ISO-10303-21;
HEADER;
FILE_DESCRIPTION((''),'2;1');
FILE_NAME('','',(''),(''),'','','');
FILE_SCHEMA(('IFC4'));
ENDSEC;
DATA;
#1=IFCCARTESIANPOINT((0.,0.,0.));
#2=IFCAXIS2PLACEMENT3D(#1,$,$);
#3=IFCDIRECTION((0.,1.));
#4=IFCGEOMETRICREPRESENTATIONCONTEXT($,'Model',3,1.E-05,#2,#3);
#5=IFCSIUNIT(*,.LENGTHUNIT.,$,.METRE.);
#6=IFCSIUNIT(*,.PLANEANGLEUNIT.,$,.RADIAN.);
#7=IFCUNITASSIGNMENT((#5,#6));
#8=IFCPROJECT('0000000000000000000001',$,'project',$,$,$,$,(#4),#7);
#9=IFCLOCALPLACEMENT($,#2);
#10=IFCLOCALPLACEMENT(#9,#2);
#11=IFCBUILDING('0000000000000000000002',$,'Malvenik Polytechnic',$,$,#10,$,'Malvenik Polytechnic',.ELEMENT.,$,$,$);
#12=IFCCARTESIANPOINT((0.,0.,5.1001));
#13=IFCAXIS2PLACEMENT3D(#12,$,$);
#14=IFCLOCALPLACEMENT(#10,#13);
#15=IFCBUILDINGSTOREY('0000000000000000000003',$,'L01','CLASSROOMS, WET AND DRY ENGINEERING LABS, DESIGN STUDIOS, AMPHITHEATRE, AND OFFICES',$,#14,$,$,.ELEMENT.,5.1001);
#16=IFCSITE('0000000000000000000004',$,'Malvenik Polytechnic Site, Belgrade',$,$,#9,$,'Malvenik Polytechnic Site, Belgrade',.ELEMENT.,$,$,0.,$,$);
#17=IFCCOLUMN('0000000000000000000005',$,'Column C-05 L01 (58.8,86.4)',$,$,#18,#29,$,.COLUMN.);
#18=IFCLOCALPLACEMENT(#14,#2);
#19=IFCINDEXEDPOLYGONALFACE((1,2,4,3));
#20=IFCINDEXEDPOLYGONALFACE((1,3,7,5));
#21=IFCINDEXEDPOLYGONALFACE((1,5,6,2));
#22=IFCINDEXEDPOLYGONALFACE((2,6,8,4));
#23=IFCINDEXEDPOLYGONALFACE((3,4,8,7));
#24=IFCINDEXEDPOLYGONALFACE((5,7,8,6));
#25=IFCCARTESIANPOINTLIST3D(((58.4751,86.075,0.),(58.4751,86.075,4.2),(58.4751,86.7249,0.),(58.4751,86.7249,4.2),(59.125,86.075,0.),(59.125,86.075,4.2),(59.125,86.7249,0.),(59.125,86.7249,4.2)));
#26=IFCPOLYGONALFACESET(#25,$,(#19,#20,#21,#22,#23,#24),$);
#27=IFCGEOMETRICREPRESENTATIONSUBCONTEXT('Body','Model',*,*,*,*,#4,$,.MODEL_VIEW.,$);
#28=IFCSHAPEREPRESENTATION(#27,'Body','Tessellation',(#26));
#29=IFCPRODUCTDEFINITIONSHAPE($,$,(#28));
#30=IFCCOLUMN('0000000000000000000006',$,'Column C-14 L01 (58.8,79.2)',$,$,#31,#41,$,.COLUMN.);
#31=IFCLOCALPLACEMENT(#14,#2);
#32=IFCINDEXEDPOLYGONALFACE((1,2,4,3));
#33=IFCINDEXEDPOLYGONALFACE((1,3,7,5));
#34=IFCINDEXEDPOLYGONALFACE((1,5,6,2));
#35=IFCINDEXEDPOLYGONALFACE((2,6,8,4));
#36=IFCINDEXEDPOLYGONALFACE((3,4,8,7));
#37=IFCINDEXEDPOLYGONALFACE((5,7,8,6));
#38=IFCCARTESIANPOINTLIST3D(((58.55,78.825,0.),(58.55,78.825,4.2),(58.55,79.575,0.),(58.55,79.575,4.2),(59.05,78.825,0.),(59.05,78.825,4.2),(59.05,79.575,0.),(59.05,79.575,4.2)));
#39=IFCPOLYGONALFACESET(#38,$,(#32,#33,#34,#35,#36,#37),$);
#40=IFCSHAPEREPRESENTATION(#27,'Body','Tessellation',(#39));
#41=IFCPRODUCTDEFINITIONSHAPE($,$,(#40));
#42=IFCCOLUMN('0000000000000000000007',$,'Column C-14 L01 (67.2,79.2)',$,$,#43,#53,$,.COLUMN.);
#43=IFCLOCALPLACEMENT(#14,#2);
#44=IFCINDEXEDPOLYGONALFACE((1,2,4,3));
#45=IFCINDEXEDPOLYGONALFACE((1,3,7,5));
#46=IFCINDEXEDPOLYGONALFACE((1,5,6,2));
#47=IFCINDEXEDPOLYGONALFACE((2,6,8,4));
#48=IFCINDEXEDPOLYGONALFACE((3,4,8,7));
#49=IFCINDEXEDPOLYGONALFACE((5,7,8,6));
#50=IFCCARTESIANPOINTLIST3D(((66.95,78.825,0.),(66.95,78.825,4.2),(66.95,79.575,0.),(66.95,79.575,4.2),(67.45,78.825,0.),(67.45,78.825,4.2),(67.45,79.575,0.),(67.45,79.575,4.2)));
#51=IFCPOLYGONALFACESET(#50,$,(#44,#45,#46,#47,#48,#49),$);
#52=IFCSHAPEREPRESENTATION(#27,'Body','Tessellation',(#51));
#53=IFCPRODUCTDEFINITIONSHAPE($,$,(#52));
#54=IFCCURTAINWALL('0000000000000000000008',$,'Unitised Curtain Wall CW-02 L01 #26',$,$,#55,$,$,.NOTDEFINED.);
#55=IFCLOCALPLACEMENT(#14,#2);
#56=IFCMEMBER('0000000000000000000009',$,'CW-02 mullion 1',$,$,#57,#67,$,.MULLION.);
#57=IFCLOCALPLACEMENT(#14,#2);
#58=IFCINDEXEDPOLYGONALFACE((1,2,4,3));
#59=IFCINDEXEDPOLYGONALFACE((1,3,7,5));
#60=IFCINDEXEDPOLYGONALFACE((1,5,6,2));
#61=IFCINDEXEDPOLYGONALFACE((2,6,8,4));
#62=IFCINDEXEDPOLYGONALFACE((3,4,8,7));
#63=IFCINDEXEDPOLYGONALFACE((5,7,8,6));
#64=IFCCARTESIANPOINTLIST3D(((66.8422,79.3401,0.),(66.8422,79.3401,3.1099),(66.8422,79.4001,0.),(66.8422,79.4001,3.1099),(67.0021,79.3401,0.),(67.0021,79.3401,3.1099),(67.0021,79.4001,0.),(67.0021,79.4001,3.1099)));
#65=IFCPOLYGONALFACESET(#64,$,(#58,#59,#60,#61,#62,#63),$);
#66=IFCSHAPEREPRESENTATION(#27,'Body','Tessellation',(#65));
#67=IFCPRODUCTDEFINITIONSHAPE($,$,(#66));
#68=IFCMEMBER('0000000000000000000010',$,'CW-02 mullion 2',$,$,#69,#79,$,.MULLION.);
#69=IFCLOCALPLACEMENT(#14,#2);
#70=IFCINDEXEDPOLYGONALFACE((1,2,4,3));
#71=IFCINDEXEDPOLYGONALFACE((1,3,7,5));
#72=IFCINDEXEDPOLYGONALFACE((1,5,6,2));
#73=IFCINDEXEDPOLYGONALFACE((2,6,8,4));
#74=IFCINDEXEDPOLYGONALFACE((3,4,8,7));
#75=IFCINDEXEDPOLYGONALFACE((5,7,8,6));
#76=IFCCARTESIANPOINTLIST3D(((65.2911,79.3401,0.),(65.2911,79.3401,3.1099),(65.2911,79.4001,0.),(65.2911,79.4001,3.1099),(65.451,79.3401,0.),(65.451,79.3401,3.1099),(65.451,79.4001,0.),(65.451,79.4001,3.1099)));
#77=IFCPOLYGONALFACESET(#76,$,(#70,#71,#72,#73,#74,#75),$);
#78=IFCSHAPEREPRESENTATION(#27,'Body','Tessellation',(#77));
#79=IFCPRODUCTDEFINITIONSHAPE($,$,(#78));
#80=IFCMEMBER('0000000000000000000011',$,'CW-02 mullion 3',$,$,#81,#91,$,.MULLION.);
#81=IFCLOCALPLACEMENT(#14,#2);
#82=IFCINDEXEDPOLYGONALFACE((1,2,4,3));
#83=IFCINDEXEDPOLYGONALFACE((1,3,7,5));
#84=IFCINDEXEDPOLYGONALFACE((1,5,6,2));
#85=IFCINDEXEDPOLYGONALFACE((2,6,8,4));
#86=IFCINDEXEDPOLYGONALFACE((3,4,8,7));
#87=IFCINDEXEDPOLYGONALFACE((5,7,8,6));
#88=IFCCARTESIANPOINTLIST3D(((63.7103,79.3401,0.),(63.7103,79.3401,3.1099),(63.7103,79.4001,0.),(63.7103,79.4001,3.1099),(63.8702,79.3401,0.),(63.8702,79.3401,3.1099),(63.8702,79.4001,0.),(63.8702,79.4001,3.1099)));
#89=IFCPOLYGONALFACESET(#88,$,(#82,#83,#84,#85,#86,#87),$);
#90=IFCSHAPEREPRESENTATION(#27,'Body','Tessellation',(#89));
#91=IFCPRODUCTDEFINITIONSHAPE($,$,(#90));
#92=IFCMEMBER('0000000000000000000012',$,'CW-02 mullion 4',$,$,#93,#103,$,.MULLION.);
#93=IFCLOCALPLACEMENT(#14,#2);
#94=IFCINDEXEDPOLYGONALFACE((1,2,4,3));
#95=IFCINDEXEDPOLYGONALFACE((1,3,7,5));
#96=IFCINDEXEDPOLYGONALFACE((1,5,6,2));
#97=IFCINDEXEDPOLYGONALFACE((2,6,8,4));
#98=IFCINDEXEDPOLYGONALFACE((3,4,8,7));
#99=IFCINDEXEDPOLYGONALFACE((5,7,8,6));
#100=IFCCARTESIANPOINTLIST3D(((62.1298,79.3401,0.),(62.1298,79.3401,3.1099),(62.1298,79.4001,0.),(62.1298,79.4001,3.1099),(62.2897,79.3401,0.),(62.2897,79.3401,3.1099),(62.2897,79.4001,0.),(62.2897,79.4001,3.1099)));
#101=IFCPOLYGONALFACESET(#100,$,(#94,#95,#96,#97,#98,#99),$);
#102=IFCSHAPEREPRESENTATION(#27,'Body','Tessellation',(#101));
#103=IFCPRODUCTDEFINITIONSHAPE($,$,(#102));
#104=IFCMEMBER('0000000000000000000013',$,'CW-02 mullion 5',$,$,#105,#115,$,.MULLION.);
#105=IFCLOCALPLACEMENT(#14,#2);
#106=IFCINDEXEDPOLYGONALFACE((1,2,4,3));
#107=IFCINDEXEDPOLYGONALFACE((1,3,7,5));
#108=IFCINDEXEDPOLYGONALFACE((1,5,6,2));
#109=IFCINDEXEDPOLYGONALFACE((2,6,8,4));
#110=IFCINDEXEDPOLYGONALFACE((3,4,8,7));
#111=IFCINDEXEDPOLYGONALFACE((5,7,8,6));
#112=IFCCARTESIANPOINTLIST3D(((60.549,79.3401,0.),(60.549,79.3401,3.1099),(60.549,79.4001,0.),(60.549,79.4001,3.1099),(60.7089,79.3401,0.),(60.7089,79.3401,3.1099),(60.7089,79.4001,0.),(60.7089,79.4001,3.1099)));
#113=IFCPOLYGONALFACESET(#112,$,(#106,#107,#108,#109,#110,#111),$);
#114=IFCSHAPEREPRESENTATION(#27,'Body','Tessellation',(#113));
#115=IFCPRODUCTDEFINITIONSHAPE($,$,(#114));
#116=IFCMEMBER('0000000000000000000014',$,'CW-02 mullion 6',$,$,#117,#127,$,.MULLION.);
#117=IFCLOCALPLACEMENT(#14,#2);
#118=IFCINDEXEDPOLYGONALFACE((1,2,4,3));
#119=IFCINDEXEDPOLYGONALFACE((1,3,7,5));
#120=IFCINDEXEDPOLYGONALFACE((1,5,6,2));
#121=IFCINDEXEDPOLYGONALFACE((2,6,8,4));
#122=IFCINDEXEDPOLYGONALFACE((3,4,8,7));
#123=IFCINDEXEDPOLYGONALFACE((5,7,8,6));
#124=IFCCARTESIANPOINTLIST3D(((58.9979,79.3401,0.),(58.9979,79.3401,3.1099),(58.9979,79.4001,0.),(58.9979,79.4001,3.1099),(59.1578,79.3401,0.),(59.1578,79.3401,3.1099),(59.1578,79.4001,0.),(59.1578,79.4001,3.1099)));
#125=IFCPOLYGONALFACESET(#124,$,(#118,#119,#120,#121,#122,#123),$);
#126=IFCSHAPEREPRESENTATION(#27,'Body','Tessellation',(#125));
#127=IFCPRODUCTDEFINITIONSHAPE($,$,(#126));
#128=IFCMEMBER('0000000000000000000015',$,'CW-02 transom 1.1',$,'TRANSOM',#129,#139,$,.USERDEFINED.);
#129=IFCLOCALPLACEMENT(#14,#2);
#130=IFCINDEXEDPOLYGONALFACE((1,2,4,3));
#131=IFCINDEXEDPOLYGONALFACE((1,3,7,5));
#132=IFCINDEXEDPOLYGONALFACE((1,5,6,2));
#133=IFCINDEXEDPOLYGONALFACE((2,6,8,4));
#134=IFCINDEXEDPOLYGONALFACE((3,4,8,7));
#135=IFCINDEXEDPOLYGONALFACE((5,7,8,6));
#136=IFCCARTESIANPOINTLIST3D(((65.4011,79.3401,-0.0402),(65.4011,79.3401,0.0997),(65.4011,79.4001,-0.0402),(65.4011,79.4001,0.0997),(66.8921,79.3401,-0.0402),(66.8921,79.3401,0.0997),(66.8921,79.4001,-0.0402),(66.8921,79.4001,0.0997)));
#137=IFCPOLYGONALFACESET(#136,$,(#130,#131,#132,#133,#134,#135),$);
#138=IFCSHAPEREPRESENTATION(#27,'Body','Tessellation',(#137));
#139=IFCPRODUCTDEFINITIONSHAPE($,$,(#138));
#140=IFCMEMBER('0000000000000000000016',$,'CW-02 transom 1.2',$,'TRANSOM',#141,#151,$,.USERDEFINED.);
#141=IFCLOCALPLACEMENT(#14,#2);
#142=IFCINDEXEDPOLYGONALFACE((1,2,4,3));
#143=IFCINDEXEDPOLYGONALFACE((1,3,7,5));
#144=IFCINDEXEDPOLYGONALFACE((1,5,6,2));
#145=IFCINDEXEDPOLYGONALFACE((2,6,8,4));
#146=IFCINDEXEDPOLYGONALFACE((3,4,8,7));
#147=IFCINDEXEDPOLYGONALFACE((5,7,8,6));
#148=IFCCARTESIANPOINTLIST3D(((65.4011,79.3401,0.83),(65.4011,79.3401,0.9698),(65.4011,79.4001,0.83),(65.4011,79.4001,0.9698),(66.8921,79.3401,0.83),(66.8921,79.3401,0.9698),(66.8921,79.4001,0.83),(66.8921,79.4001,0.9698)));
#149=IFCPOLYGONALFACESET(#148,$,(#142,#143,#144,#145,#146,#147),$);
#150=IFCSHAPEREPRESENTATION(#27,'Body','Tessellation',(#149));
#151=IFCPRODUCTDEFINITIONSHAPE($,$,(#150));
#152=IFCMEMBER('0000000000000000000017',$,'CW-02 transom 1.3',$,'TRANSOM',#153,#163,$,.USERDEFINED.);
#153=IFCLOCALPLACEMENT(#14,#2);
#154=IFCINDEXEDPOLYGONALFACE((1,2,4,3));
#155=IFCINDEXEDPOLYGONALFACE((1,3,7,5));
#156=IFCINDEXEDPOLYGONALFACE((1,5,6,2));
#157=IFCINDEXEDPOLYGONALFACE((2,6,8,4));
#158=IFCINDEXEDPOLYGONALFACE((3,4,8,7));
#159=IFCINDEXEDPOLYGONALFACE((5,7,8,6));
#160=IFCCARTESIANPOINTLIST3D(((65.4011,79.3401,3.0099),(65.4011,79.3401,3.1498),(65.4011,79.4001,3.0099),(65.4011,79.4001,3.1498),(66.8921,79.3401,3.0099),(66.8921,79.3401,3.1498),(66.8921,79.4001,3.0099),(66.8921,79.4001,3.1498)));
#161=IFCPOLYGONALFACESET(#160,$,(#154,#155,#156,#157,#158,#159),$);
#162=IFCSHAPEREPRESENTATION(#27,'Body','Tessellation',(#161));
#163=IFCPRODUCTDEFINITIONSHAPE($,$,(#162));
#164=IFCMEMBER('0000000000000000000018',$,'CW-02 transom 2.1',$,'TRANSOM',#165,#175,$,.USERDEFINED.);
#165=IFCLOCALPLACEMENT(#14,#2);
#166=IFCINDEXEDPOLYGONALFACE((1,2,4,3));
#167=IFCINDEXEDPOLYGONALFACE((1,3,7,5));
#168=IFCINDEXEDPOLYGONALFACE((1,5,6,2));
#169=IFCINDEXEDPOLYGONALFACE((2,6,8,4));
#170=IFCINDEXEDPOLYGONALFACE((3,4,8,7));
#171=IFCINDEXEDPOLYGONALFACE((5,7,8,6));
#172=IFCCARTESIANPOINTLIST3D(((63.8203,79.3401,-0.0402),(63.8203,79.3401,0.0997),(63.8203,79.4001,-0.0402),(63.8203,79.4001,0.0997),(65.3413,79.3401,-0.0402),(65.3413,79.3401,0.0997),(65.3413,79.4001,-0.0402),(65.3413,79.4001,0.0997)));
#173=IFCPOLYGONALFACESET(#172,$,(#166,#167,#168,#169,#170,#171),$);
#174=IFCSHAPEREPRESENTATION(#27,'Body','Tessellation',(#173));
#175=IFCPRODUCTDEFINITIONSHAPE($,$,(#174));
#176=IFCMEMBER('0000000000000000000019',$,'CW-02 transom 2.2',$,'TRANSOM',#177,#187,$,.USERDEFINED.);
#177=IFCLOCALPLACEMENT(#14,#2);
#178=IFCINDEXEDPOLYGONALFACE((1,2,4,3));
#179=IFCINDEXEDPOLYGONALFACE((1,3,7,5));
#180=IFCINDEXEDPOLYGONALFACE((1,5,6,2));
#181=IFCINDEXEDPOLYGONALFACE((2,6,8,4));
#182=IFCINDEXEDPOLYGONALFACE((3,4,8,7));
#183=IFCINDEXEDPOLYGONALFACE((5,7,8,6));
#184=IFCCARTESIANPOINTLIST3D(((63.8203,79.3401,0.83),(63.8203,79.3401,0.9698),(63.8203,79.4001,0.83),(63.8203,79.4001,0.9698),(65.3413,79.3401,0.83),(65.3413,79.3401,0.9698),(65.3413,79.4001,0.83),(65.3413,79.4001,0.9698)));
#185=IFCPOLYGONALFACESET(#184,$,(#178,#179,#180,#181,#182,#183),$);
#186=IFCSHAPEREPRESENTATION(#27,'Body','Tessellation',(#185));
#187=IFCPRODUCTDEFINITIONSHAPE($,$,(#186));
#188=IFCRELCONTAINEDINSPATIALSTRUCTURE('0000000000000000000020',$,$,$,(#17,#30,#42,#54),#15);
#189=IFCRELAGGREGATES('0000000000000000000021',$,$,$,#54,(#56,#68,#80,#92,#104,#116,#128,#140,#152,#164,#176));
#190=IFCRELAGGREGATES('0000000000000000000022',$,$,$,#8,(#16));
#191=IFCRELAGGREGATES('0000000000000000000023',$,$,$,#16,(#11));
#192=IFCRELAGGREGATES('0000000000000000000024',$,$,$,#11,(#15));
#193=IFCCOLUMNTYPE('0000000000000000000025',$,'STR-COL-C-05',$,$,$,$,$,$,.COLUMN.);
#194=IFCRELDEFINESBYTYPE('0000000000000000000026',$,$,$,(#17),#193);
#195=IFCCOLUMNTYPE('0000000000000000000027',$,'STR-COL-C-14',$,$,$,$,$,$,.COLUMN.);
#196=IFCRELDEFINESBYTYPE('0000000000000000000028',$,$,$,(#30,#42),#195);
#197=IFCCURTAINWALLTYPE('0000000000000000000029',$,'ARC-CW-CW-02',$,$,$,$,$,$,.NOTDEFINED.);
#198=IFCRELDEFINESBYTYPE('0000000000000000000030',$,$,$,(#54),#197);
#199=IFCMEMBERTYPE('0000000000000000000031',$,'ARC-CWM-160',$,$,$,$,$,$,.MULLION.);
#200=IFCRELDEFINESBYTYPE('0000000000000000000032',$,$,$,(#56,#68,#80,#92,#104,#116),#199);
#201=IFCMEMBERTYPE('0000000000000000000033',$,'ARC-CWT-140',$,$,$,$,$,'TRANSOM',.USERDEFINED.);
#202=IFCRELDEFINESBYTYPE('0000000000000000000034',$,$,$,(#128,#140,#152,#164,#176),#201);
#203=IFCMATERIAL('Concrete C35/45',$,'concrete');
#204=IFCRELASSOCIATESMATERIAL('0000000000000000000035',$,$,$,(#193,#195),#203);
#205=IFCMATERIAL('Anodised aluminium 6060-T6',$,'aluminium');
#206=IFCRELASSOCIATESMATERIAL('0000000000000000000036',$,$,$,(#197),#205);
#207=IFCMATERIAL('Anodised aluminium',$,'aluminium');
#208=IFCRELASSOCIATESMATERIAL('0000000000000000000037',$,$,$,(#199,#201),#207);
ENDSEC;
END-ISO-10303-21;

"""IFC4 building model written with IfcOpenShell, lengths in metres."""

from ifc_helpers import new_model, si_unit, direction, frame, origin, origin_2d, place, context, subcontext, project, spatial, rectangle, extrude, material, material_profile, profile_set, type_object, element, aggregate, save


model = new_model("IFC4")

# Units and contexts
model_context = context("Model", 3, precision=1e-05, world=origin(), true_north=direction((0.0, 1.0)))
body_context = subcontext(model_context, "Body", "Model", "MODEL_VIEW")
ifc_project = project(units=[si_unit("LENGTHUNIT", "METRE"), si_unit("PLANEANGLEUNIT", "RADIAN")], contexts=[model_context])

# Site, building, storey
site_placement = place(None, origin())
site = spatial("IfcSite", under=ifc_project, at=site_placement, Name="Malvenik Polytechnic Site, Belgrade", LongName="Malvenik Polytechnic Site, Belgrade", CompositionType="ELEMENT", RefElevation=0.0)
building_placement = place(site_placement, origin())
building = spatial("IfcBuilding", under=site, at=building_placement, Name="Malvenik Polytechnic", LongName="Malvenik Polytechnic", CompositionType="ELEMENT")
storey_placement = place(building_placement, frame((0.0, 0.0, 5.1001)))
storey = spatial("IfcBuildingStorey", under=building, at=storey_placement, Name="L01", Description="CLASSROOMS, WET AND DRY ENGINEERING LABS, DESIGN STUDIOS, AMPHITHEATRE, AND OFFICES", CompositionType="ELEMENT", Elevation=5.1001)

# Columns
ifc_material_1 = material(Name="Concrete C35/45", Category="concrete")
ifc_material_profile_1 = material_profile(ifc_material_1, rectangle(XDim=0.6499, YDim=0.6499, at=origin_2d()), Name="RC COL 650x650")
ifc_profile_set_1 = profile_set([ifc_material_profile_1], Name="Concrete C35/45")
column_type_1 = type_object("IfcColumnType", Name="STR-COL-C-05", PredefinedType="COLUMN", material=ifc_profile_set_1)
column_placement = place(storey_placement, frame((58.8, 86.3999, 0.0), z_axis=(0.0, 0.0, 1.0), x_axis=(1.0, 0.0, 0.0)))
element("IfcColumn", 1, at=column_placement, inside=storey, type_object=column_type_1, Name="Column C-05 L01 (58.8,86.4)", PredefinedType="COLUMN", context=body_context, shape_type="SweptSolid", body=[
    extrude(rectangle(XDim=0.6499, YDim=0.6499, at=origin_2d()), origin(), (0.0, 0.0, 1.0), 4.2),
])
ifc_material_profile_2 = material_profile(ifc_material_1, rectangle(XDim=0.5, YDim=0.75, at=origin_2d()), Name="RC COL 750x500")
ifc_profile_set_2 = profile_set([ifc_material_profile_2], Name="Concrete C35/45")
column_type_2 = type_object("IfcColumnType", Name="STR-COL-C-14", PredefinedType="COLUMN", material=ifc_profile_set_2)
for number, where, z_axis, x_axis, name in (
    (2, (58.8, 79.2, 0.0), (0.0, 0.0, 1.0), (1.0, 0.0, 0.0), "Column C-14 L01 (58.8,79.2)"),
    (3, (67.2, 79.2, 0.0), (0.0, 0.0, 1.0), (1.0, 0.0, 0.0), "Column C-14 L01 (67.2,79.2)"),
):
    element("IfcColumn", number, at=place(storey_placement, frame(where, z_axis=z_axis, x_axis=x_axis)), inside=storey, type_object=column_type_2, Name=name, PredefinedType="COLUMN", context=body_context, shape_type="SweptSolid", body=[
        extrude(rectangle(XDim=0.5, YDim=0.75, at=origin_2d()), origin(), (0.0, 0.0, 1.0), 4.2),
    ])

# Curtain wall, members
ifc_material_2 = material(Name="Anodised aluminium 6060-T6", Category="aluminium")
curtain_wall_type = type_object("IfcCurtainWallType", Name="ARC-CW-CW-02", PredefinedType="NOTDEFINED", material=ifc_material_2)
curtain_wall_placement = place(storey_placement, origin())
curtain_wall = element("IfcCurtainWall", 4, at=curtain_wall_placement, inside=storey, type_object=curtain_wall_type, Name="Unitised Curtain Wall CW-02 L01 #26", PredefinedType="NOTDEFINED")
ifc_material_3 = material(Name="Anodised aluminium", Category="aluminium")
ifc_material_profile_3 = material_profile(ifc_material_3, rectangle(XDim=0.0601, YDim=0.1599, at=origin_2d()), Name="ALU MULLION 60x160")
ifc_profile_set_3 = profile_set([ifc_material_profile_3], Name="Anodised aluminium")
member_type_1 = type_object("IfcMemberType", Name="ARC-CWM-160", PredefinedType="MULLION", material=ifc_profile_set_3)
member_1_placement = place(storey_placement, frame((66.9221, 79.3701, 0.0), z_axis=(0.0, 0.0, 1.0), x_axis=(0.0, -1.0, 0.0)))
member_1 = element("IfcMember", 5, at=member_1_placement, type_object=member_type_1, Name="CW-02 mullion 1", PredefinedType="MULLION", context=body_context, shape_type="SweptSolid", body=[
    extrude(rectangle(XDim=0.0601, YDim=0.1599, at=origin_2d()), origin(), (0.0, 0.0, 1.0), 3.1099),
])
member_2_placement = place(storey_placement, frame((65.3711, 79.3701, 0.0), z_axis=(0.0, 0.0, 1.0), x_axis=(0.0, -1.0, 0.0)))
member_2 = element("IfcMember", 6, at=member_2_placement, type_object=member_type_1, Name="CW-02 mullion 2", PredefinedType="MULLION", context=body_context, shape_type="SweptSolid", body=[
    extrude(rectangle(XDim=0.0601, YDim=0.1599, at=origin_2d()), origin(), (0.0, 0.0, 1.0), 3.1099),
])
member_3_placement = place(storey_placement, frame((63.7903, 79.3701, 0.0), z_axis=(0.0, 0.0, 1.0), x_axis=(0.0, -1.0, 0.0)))
member_3 = element("IfcMember", 7, at=member_3_placement, type_object=member_type_1, Name="CW-02 mullion 3", PredefinedType="MULLION", context=body_context, shape_type="SweptSolid", body=[
    extrude(rectangle(XDim=0.0601, YDim=0.1599, at=origin_2d()), origin(), (0.0, 0.0, 1.0), 3.1099),
])
member_4_placement = place(storey_placement, frame((62.2097, 79.3701, 0.0), z_axis=(0.0, 0.0, 1.0), x_axis=(0.0, -1.0, 0.0)))
member_4 = element("IfcMember", 8, at=member_4_placement, type_object=member_type_1, Name="CW-02 mullion 4", PredefinedType="MULLION", context=body_context, shape_type="SweptSolid", body=[
    extrude(rectangle(XDim=0.0601, YDim=0.1599, at=origin_2d()), origin(), (0.0, 0.0, 1.0), 3.1099),
])
member_5_placement = place(storey_placement, frame((60.6289, 79.3701, 0.0), z_axis=(0.0, 0.0, 1.0), x_axis=(0.0, -1.0, 0.0)))
member_5 = element("IfcMember", 9, at=member_5_placement, type_object=member_type_1, Name="CW-02 mullion 5", PredefinedType="MULLION", context=body_context, shape_type="SweptSolid", body=[
    extrude(rectangle(XDim=0.0601, YDim=0.1599, at=origin_2d()), origin(), (0.0, 0.0, 1.0), 3.1099),
])
member_6_placement = place(storey_placement, frame((59.0779, 79.3701, 0.0), z_axis=(0.0, 0.0, 1.0), x_axis=(0.0, -1.0, 0.0)))
member_6 = element("IfcMember", 10, at=member_6_placement, type_object=member_type_1, Name="CW-02 mullion 6", PredefinedType="MULLION", context=body_context, shape_type="SweptSolid", body=[
    extrude(rectangle(XDim=0.0601, YDim=0.1599, at=origin_2d()), origin(), (0.0, 0.0, 1.0), 3.1099),
])
ifc_material_profile_4 = material_profile(ifc_material_3, rectangle(XDim=0.0601, YDim=0.1399, at=origin_2d()), Name="ALU TRANSOM 60x140")
ifc_profile_set_4 = profile_set([ifc_material_profile_4], Name="Anodised aluminium")
member_type_2 = type_object("IfcMemberType", Name="ARC-CWT-140", ElementType="TRANSOM", PredefinedType="USERDEFINED", material=ifc_profile_set_4)
member_7_placement = place(storey_placement, frame((66.8921, 79.3701, 0.0298), z_axis=(-1.0, 0.0, 0.0), x_axis=(0.0, -1.0, 0.0)))
member_7 = element("IfcMember", 11, at=member_7_placement, type_object=member_type_2, Name="CW-02 transom 1.1", ObjectType="TRANSOM", PredefinedType="USERDEFINED", context=body_context, shape_type="SweptSolid", body=[
    extrude(rectangle(XDim=0.0601, YDim=0.1399, at=origin_2d()), origin(), (0.0, 0.0, 1.0), 1.491),
])
member_8_placement = place(storey_placement, frame((66.8921, 79.3701, 0.8999), z_axis=(-1.0, 0.0, 0.0), x_axis=(0.0, -1.0, 0.0)))
member_8 = element("IfcMember", 12, at=member_8_placement, type_object=member_type_2, Name="CW-02 transom 1.2", ObjectType="TRANSOM", PredefinedType="USERDEFINED", context=body_context, shape_type="SweptSolid", body=[
    extrude(rectangle(XDim=0.0601, YDim=0.1399, at=origin_2d()), origin(), (0.0, 0.0, 1.0), 1.491),
])
member_9_placement = place(storey_placement, frame((66.8921, 79.3701, 3.0798), z_axis=(-1.0, 0.0, 0.0), x_axis=(0.0, -1.0, 0.0)))
member_9 = element("IfcMember", 13, at=member_9_placement, type_object=member_type_2, Name="CW-02 transom 1.3", ObjectType="TRANSOM", PredefinedType="USERDEFINED", context=body_context, shape_type="SweptSolid", body=[
    extrude(rectangle(XDim=0.0601, YDim=0.1399, at=origin_2d()), origin(), (0.0, 0.0, 1.0), 1.491),
])
member_10_placement = place(storey_placement, frame((65.3413, 79.3701, 0.0298), z_axis=(-1.0, 0.0, 0.0), x_axis=(0.0, -1.0, 0.0)))
member_10 = element("IfcMember", 14, at=member_10_placement, type_object=member_type_2, Name="CW-02 transom 2.1", ObjectType="TRANSOM", PredefinedType="USERDEFINED", context=body_context, shape_type="SweptSolid", body=[
    extrude(rectangle(XDim=0.0601, YDim=0.1399, at=origin_2d()), origin(), (0.0, 0.0, 1.0), 1.521),
])
member_11_placement = place(storey_placement, frame((65.3413, 79.3701, 0.8999), z_axis=(-1.0, 0.0, 0.0), x_axis=(0.0, -1.0, 0.0)))
member_11 = element("IfcMember", 15, at=member_11_placement, type_object=member_type_2, Name="CW-02 transom 2.2", ObjectType="TRANSOM", PredefinedType="USERDEFINED", context=body_context, shape_type="SweptSolid", body=[
    extrude(rectangle(XDim=0.0601, YDim=0.1399, at=origin_2d()), origin(), (0.0, 0.0, 1.0), 1.521),
])

aggregate(curtain_wall, [member_1, member_2, member_3, member_4, member_5, member_6, member_7, member_8, member_9, member_10, member_11])

save(model, "model.ifc")
